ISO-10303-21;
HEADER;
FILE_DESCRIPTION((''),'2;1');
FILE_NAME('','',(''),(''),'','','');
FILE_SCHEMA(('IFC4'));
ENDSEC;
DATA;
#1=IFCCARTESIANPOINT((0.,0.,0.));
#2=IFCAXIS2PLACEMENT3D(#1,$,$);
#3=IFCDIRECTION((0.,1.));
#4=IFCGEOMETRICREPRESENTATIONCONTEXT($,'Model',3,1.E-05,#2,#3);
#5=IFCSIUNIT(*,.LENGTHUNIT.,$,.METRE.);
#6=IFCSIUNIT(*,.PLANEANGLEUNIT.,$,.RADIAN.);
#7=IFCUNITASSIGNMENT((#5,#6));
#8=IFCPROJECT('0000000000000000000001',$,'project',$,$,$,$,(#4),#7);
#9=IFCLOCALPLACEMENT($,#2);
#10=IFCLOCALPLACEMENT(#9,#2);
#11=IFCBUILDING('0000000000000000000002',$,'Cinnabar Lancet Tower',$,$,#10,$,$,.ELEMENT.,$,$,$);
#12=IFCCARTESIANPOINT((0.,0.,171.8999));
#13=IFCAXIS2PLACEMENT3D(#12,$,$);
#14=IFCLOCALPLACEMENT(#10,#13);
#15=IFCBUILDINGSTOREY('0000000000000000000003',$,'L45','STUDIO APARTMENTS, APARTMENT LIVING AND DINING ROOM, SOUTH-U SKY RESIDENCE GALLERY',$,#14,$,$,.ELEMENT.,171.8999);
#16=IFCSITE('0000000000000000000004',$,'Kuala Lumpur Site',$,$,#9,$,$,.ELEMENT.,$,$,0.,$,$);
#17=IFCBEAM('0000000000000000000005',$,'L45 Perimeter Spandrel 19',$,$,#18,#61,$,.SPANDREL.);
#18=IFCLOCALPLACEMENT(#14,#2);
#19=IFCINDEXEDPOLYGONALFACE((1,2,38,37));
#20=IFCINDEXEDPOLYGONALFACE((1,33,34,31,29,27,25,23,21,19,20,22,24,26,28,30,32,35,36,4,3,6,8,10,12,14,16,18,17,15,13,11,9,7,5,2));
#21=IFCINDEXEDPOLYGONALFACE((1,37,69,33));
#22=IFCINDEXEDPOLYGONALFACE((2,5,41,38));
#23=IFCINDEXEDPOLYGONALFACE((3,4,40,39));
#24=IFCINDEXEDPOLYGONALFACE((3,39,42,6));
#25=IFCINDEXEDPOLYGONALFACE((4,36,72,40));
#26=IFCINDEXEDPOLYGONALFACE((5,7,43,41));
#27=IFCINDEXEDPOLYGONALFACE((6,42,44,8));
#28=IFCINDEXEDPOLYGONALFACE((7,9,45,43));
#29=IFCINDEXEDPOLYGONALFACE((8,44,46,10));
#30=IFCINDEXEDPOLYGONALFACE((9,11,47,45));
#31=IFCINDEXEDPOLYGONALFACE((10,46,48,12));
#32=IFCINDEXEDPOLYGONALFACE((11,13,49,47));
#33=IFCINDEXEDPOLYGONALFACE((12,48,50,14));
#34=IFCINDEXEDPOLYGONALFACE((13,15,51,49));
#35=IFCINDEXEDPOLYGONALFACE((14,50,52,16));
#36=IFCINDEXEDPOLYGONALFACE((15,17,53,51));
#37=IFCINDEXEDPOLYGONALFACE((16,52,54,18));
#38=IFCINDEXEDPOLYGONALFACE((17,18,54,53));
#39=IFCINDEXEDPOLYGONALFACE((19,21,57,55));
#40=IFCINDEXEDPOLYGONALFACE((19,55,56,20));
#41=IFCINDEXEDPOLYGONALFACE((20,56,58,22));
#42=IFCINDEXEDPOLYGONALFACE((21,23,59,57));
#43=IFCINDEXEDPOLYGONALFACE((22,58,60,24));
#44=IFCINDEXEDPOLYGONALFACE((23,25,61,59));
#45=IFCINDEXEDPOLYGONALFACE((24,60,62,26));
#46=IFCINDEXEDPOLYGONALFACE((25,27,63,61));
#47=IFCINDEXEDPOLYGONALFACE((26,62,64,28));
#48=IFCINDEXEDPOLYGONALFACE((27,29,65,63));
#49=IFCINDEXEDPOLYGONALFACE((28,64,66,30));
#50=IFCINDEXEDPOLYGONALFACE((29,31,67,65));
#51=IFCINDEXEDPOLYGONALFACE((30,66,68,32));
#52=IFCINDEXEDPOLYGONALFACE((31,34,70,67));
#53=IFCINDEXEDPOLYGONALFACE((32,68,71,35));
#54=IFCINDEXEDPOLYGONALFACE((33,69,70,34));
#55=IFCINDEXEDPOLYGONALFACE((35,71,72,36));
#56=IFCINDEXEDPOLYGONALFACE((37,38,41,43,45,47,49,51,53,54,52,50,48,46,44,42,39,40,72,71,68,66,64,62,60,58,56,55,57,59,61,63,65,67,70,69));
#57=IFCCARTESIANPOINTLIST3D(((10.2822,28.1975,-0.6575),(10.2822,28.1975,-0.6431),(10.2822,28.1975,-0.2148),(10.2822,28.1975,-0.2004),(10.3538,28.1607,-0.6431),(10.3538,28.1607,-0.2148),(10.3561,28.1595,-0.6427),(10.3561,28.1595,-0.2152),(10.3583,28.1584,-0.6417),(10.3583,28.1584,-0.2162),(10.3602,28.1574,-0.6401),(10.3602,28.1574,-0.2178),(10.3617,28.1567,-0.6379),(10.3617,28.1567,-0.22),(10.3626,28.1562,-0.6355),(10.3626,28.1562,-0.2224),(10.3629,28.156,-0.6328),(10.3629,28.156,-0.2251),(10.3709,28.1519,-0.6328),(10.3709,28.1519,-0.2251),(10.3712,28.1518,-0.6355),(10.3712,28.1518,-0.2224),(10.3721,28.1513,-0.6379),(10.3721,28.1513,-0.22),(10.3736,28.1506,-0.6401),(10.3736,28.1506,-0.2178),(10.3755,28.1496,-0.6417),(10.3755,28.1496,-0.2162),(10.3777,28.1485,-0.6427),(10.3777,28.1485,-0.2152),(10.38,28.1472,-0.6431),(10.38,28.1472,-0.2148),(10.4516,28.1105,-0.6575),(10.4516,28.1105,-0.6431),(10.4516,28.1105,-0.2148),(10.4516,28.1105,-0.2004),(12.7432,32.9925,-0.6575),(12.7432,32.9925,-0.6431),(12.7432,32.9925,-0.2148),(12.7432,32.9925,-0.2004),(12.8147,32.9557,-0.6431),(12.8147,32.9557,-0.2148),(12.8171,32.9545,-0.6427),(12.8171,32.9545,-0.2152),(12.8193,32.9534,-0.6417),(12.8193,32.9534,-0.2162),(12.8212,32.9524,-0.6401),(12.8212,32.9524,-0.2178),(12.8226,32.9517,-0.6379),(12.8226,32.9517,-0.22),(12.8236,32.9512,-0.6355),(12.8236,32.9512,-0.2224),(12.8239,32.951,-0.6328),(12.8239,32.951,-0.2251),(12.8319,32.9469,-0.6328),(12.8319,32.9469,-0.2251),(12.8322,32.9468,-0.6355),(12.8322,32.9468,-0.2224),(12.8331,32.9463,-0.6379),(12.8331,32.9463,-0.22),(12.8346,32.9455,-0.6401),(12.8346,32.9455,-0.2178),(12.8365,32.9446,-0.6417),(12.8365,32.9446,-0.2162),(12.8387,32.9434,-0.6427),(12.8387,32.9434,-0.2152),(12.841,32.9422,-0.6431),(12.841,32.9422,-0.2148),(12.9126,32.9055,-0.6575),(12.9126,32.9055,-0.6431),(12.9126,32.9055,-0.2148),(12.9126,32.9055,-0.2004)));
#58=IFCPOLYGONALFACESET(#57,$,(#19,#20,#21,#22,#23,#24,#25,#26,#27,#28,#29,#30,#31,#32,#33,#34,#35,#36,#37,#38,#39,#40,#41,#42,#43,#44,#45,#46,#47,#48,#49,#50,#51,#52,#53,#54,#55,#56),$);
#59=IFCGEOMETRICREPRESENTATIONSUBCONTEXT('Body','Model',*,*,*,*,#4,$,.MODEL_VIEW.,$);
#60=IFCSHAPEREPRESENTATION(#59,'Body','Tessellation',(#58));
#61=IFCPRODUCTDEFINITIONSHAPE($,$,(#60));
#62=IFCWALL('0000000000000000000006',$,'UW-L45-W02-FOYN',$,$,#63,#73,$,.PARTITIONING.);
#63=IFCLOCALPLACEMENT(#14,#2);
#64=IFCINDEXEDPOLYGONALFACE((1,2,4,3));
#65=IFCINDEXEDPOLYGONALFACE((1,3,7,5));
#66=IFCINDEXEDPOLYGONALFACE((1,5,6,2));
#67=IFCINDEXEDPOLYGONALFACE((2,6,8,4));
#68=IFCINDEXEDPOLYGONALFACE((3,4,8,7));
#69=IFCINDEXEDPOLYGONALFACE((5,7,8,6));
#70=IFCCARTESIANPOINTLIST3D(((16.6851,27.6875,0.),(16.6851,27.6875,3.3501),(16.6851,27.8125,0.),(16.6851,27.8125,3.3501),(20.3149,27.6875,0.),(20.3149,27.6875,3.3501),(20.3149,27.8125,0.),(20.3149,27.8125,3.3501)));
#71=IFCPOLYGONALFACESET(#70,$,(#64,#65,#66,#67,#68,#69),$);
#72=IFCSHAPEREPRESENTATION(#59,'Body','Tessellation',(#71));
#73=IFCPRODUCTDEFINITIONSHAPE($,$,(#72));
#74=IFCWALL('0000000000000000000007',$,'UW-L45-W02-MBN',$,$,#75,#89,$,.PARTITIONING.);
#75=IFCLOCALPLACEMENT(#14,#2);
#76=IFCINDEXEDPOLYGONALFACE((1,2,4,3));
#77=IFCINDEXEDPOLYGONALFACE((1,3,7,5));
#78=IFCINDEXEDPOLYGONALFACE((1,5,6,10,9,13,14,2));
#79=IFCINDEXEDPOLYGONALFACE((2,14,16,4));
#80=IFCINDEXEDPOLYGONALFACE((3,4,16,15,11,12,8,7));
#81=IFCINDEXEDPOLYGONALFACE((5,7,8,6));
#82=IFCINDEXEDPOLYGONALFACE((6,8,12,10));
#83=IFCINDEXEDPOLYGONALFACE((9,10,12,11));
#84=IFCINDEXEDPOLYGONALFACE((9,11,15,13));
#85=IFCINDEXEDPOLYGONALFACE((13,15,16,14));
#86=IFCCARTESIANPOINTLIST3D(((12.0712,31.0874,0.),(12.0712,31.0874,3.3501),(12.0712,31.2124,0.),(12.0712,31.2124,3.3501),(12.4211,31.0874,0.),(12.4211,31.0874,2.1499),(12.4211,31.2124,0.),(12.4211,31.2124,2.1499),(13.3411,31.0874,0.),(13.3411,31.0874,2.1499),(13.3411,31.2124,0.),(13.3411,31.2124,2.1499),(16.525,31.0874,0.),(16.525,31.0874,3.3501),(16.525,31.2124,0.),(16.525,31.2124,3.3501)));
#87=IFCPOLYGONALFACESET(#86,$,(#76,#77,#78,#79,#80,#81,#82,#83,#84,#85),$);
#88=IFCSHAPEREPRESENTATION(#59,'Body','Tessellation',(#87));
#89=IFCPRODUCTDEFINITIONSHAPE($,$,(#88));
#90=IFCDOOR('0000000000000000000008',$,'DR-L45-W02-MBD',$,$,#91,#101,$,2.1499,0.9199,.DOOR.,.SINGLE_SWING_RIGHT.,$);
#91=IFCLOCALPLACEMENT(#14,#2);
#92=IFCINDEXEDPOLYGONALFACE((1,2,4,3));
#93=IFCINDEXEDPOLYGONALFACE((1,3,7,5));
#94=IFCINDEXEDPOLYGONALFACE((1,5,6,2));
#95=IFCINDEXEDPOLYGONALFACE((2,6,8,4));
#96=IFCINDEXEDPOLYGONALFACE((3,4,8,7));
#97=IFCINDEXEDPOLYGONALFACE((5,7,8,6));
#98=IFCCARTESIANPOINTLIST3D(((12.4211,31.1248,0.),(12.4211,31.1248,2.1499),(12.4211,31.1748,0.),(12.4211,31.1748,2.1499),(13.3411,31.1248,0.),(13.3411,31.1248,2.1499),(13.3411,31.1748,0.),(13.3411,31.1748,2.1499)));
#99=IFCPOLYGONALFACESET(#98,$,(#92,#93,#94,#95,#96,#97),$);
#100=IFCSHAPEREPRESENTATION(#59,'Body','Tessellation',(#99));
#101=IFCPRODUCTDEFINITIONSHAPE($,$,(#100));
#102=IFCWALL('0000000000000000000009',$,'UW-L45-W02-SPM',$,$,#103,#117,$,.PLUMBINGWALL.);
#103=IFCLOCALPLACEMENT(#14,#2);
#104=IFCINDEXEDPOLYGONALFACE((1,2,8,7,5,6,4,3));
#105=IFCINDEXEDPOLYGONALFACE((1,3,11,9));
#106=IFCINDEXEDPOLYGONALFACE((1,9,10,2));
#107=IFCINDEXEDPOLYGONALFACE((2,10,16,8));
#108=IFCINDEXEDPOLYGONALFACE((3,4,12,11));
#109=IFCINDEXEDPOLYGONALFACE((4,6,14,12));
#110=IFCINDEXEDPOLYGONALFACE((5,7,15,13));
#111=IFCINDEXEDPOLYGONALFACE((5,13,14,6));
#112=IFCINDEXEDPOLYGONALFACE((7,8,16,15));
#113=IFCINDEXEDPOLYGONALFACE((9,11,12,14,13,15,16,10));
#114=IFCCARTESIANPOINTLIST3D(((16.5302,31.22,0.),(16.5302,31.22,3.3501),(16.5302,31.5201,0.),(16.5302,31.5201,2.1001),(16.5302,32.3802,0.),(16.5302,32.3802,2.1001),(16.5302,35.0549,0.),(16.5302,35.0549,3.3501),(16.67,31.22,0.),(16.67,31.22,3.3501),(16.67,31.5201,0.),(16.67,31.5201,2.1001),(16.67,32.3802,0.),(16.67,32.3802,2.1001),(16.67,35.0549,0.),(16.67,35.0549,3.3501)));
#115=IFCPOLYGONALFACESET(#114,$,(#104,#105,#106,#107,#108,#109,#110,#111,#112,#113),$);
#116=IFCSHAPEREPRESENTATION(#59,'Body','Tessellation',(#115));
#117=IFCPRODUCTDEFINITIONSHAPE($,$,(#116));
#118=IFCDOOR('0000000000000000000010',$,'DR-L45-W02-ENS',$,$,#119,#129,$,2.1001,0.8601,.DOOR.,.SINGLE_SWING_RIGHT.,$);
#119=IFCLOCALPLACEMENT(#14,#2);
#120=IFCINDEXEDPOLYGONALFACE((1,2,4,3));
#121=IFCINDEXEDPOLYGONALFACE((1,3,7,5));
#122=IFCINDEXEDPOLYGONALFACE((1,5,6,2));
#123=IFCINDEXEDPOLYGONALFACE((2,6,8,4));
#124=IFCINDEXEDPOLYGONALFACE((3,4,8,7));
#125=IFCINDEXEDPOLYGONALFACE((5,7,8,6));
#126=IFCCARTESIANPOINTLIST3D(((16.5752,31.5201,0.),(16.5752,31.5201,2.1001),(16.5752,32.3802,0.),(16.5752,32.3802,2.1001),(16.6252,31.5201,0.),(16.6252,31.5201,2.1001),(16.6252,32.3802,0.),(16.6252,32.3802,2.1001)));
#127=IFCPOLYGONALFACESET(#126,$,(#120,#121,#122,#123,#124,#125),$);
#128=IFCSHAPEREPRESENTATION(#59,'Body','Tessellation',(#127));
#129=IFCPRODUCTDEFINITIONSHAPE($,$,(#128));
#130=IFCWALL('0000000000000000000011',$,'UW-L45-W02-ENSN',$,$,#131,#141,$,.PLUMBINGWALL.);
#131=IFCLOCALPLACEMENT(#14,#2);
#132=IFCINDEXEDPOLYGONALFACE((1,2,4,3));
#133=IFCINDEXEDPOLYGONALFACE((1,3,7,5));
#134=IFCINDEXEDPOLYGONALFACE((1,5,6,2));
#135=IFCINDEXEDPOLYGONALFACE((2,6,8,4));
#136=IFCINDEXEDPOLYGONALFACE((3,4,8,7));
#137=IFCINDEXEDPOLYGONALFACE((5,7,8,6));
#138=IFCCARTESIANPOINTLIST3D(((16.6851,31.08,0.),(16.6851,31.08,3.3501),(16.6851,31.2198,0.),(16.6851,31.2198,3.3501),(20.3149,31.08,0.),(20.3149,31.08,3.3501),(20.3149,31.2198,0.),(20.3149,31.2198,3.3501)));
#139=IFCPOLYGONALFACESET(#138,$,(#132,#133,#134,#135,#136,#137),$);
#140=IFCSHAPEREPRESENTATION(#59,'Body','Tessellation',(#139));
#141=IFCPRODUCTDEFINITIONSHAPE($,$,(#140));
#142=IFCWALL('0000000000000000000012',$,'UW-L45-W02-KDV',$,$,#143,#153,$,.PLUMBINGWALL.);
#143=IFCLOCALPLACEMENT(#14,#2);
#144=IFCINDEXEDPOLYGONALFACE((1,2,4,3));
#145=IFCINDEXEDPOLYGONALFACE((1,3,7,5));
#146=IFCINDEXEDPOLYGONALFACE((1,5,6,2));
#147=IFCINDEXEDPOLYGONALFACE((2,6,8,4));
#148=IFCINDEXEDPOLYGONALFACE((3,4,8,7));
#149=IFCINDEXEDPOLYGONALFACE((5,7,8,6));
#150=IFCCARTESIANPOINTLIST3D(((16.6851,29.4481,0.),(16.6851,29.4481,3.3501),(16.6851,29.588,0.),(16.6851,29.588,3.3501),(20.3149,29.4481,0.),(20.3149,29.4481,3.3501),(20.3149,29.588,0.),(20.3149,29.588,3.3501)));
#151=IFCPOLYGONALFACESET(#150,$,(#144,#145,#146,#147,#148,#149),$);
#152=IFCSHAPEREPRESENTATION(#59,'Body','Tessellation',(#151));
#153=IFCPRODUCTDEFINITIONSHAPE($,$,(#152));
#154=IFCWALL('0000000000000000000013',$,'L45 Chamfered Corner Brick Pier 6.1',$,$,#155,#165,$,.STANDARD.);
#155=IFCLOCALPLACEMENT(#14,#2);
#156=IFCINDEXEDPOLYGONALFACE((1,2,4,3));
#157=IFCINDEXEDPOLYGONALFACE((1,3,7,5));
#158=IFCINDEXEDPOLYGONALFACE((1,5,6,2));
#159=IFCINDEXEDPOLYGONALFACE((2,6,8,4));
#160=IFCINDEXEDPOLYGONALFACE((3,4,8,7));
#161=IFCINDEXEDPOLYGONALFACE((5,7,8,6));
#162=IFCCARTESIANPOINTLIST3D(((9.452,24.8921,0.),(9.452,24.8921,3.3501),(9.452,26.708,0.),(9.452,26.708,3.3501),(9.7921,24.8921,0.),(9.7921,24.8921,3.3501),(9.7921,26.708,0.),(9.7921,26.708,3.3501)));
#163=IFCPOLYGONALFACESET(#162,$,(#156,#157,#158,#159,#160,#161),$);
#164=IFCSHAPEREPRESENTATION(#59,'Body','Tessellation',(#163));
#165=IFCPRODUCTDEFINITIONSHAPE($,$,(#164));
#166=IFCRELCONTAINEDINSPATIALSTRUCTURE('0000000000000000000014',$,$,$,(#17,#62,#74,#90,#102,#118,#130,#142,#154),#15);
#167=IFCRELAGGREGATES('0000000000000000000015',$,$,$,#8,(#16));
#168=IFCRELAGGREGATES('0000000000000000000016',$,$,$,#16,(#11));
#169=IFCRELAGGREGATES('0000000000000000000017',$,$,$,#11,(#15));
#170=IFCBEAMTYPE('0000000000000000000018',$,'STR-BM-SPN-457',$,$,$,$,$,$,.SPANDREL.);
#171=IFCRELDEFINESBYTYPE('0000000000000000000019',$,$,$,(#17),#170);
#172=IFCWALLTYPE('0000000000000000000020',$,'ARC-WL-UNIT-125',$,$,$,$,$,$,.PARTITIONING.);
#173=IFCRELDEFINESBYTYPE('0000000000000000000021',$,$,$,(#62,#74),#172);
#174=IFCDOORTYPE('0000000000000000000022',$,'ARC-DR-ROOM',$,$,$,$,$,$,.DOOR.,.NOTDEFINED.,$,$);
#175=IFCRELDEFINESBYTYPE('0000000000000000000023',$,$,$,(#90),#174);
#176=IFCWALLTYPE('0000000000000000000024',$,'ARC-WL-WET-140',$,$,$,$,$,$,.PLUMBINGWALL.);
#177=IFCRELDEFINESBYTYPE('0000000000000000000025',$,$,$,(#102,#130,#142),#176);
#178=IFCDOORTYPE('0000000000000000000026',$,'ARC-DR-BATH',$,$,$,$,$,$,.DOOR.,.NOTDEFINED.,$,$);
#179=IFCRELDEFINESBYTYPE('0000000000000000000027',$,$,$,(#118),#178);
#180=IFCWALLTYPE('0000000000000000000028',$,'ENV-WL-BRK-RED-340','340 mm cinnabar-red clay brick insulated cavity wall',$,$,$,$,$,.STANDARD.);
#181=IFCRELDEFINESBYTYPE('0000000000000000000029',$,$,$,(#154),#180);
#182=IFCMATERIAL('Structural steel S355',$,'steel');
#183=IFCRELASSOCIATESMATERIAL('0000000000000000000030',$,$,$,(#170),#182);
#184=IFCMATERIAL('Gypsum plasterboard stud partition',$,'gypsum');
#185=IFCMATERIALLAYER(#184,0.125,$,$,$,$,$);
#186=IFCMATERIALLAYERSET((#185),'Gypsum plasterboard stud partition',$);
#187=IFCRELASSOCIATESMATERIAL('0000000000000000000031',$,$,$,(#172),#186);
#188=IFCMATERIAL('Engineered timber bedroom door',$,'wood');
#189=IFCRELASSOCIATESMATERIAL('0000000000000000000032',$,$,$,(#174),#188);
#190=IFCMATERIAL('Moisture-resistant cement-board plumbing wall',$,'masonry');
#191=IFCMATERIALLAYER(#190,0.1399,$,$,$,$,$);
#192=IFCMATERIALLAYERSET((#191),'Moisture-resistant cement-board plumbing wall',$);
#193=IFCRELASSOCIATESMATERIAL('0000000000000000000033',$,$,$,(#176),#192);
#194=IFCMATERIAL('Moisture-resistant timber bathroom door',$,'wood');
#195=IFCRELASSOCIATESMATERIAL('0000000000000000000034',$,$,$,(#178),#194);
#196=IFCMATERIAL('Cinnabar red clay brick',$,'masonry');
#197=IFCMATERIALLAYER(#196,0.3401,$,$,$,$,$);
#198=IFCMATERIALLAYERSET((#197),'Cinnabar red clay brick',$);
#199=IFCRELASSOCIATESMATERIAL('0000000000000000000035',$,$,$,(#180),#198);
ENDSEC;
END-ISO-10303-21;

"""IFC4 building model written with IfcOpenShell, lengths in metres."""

from ifc_helpers import new_model, si_unit, direction, frame, frame_2d, origin, origin_2d, place, context, subcontext, project, spatial, rectangle, i_section, extrude, material, layer, layer_set, material_profile, profile_set, type_object, element, fill, save


model = new_model("IFC4")

# Units and contexts
model_context = context("Model", 3, precision=1e-05, world=origin(), true_north=direction((0.0, 1.0)))
body_context = subcontext(model_context, "Body", "Model", "MODEL_VIEW")
ifc_project = project(units=[si_unit("LENGTHUNIT", "METRE"), si_unit("PLANEANGLEUNIT", "RADIAN")], contexts=[model_context])

# Site, building, storey
site_placement = place(None, origin())
site = spatial("IfcSite", under=ifc_project, at=site_placement, Name="Kuala Lumpur Site", CompositionType="ELEMENT", RefElevation=0.0)
building_placement = place(site_placement, origin())
building = spatial("IfcBuilding", under=site, at=building_placement, Name="Cinnabar Lancet Tower", CompositionType="ELEMENT")
storey_placement = place(building_placement, frame((0.0, 0.0, 171.8999)))
storey = spatial("IfcBuildingStorey", under=building, at=storey_placement, Name="L45", Description="STUDIO APARTMENTS, APARTMENT LIVING AND DINING ROOM, SOUTH-U SKY RESIDENCE GALLERY", CompositionType="ELEMENT", Elevation=171.8999)

# Beam
ifc_material_1 = material(Name="Structural steel S355", Category="steel")
ifc_material_profile_1 = material_profile(ifc_material_1, i_section(OverallWidth=0.1904, OverallDepth=0.457, WebThickness=0.009, FlangeThickness=0.0144, FilletRadius=0.0103, at=origin_2d()), Name="UKB 457x191x74")
ifc_profile_set_1 = profile_set([ifc_material_profile_1], Name="Structural steel S355")
beam_type_1 = type_object("IfcBeamType", Name="STR-BM-SPN-457", PredefinedType="SPANDREL", material=ifc_profile_set_1)
beam_1_placement = place(storey_placement, frame((12.8279, 32.949, -0.429), z_axis=(-0.456611, -0.889666, 0.0), x_axis=(0.889666, -0.456611, 0.0)))
element("IfcBeam", 1, at=beam_1_placement, inside=storey, type_object=beam_type_1, Name="L45 Perimeter Spandrel 19", PredefinedType="SPANDREL", context=body_context, shape_type="SweptSolid", body=[
    extrude(i_section(OverallWidth=0.1904, OverallDepth=0.457, WebThickness=0.009, FlangeThickness=0.0144, FilletRadius=0.0103, at=origin_2d()), origin(), (0.0, 0.0, 1.0), 5.3896),
])

# Wall
ifc_material_2 = material(Name="Gypsum plasterboard stud partition", Category="gypsum")
ifc_layer_1 = layer(ifc_material_2, 0.125)
ifc_layer_set_1 = layer_set([ifc_layer_1], Name="Gypsum plasterboard stud partition")
wall_type_1 = type_object("IfcWallType", Name="ARC-WL-UNIT-125", PredefinedType="PARTITIONING", material=ifc_layer_set_1)
wall_1_placement = place(storey_placement, frame((16.6851, 27.75, 0.0), z_axis=(0.0, 0.0, 1.0), x_axis=(1.0, 0.0, 0.0)))
element("IfcWall", 2, at=wall_1_placement, inside=storey, type_object=wall_type_1, Name="UW-L45-W02-FOYN", PredefinedType="PARTITIONING", context=body_context, shape_type="SweptSolid", body=[
    extrude(rectangle(XDim=3.6299, YDim=0.125, at=frame_2d((1.8149, 0.0))), origin(), (0.0, 0.0, 1.0), 3.3501),
])

# Wall, opening, door
wall_2_placement = place(storey_placement, frame((12.071, 31.1499, 0.0), z_axis=(0.0, 0.0, 1.0), x_axis=(1.0, 0.0, 0.0)))
wall_2 = element("IfcWall", 3, at=wall_2_placement, inside=storey, type_object=wall_type_1, Name="UW-L45-W02-MBN", PredefinedType="PARTITIONING", context=body_context, shape_type="SweptSolid", body=[
    extrude(rectangle(XDim=4.4539, YDim=0.125, at=frame_2d((2.2271, 0.0))), origin(), (0.0, 0.0, 1.0), 3.3501),
])
opening_1_placement = place(wall_2_placement, frame((0.3501, 0.0, 0.0)))
opening_1 = element("IfcOpeningElement", 4, at=opening_1_placement, cuts=wall_2, PredefinedType="OPENING", context=body_context, shape_type="SweptSolid", body=[
    extrude(rectangle(XDim=0.9199, YDim=2.1499, at=frame_2d((0.46, 1.075))), frame((0.0, 0.0725, 0.0), z_axis=(0.0, -1.0, 0.0), x_axis=(1.0, 0.0, 0.0)), (0.0, 0.0, 1.0), 0.145),
])
ifc_material_3 = material(Name="Engineered timber bedroom door", Category="wood")
door_type_1 = type_object("IfcDoorType", Name="ARC-DR-ROOM", OperationType="NOTDEFINED", PredefinedType="DOOR", material=ifc_material_3)
door_1_placement = place(opening_1_placement, origin())
door_1 = element("IfcDoor", 5, at=door_1_placement, inside=storey, type_object=door_type_1, Name="DR-L45-W02-MBD", OperationType="SINGLE_SWING_RIGHT", OverallHeight=2.1499, OverallWidth=0.9199, PredefinedType="DOOR", context=body_context, shape_type="SweptSolid", body=[
    extrude(rectangle(XDim=0.9199, YDim=2.1499, at=frame_2d((0.46, 1.075))), frame((0.0, 0.0249, 0.0), z_axis=(0.0, -1.0, 0.0), x_axis=(1.0, 0.0, 0.0)), (0.0, 0.0, 1.0), 0.05),
])
fill(opening_1, door_1)

# Shared definitions
ifc_material_4 = material(Name="Moisture-resistant cement-board plumbing wall", Category="masonry")
ifc_layer_2 = layer(ifc_material_4, 0.1399)
ifc_layer_set_2 = layer_set([ifc_layer_2], Name="Moisture-resistant cement-board plumbing wall")
wall_type_2 = type_object("IfcWallType", Name="ARC-WL-WET-140", PredefinedType="PLUMBINGWALL", material=ifc_layer_set_2)
ifc_material_5 = material(Name="Moisture-resistant timber bathroom door", Category="wood")
door_type_2 = type_object("IfcDoorType", Name="ARC-DR-BATH", OperationType="NOTDEFINED", PredefinedType="DOOR", material=ifc_material_5)

# Wall, opening, door
wall_3_placement = place(storey_placement, frame((16.6001, 31.22, 0.0), z_axis=(0.0, 0.0, 1.0), x_axis=(0.0, 1.0, 0.0)))
wall_3 = element("IfcWall", 6, at=wall_3_placement, inside=storey, type_object=wall_type_2, Name="UW-L45-W02-SPM", PredefinedType="PLUMBINGWALL", context=body_context, shape_type="SweptSolid", body=[
    extrude(rectangle(XDim=3.835, YDim=0.1399, at=frame_2d((1.9175, 0.0))), origin(), (0.0, 0.0, 1.0), 3.3501),
])
opening_2_placement = place(wall_3_placement, frame((0.3, 0.0, 0.0)))
opening_2 = element("IfcOpeningElement", 7, at=opening_2_placement, cuts=wall_3, PredefinedType="OPENING", context=body_context, shape_type="SweptSolid", body=[
    extrude(rectangle(XDim=0.8601, YDim=2.1001, at=frame_2d((0.4302, 1.05))), frame((0.0, 0.0798, 0.0), z_axis=(0.0, -1.0, 0.0), x_axis=(1.0, 0.0, 0.0)), (0.0, 0.0, 1.0), 0.1599),
])
door_2_placement = place(opening_2_placement, origin())
door_2 = element("IfcDoor", 8, at=door_2_placement, inside=storey, type_object=door_type_2, Name="DR-L45-W02-ENS", OperationType="SINGLE_SWING_RIGHT", OverallHeight=2.1001, OverallWidth=0.8601, PredefinedType="DOOR", context=body_context, shape_type="SweptSolid", body=[
    extrude(rectangle(XDim=0.8601, YDim=2.1001, at=frame_2d((0.4302, 1.05))), frame((0.0, 0.0249, 0.0), z_axis=(0.0, -1.0, 0.0), x_axis=(1.0, 0.0, 0.0)), (0.0, 0.0, 1.0), 0.05),
])
fill(opening_2, door_2)

# Walls
for number, where, z_axis, x_axis, name in (
    (9, (16.6851, 31.1499, 0.0), (0.0, 0.0, 1.0), (1.0, 0.0, 0.0), "UW-L45-W02-ENSN"),
    (10, (16.6851, 29.5181, 0.0), (0.0, 0.0, 1.0), (1.0, 0.0, 0.0), "UW-L45-W02-KDV"),
):
    element("IfcWall", number, at=place(storey_placement, frame(where, z_axis=z_axis, x_axis=x_axis)), inside=storey, type_object=wall_type_2, Name=name, PredefinedType="PLUMBINGWALL", context=body_context, shape_type="SweptSolid", body=[
        extrude(rectangle(XDim=3.6299, YDim=0.1399, at=frame_2d((1.8149, 0.0))), origin(), (0.0, 0.0, 1.0), 3.3501),
    ])
ifc_material_6 = material(Name="Cinnabar red clay brick", Category="masonry")
ifc_layer_3 = layer(ifc_material_6, 0.3401)
ifc_layer_set_3 = layer_set([ifc_layer_3], Name="Cinnabar red clay brick")
wall_type_3 = type_object("IfcWallType", Name="ENV-WL-BRK-RED-340", Description="340 mm cinnabar-red clay brick insulated cavity wall", PredefinedType="STANDARD", material=ifc_layer_set_3)
wall_4_placement = place(storey_placement, frame((9.6221, 26.708, 0.0), z_axis=(0.0, 0.0, 1.0), x_axis=(0.0, -1.0, 0.0)))
element("IfcWall", 11, at=wall_4_placement, inside=storey, type_object=wall_type_3, Name="L45 Chamfered Corner Brick Pier 6.1", PredefinedType="STANDARD", context=body_context, shape_type="SweptSolid", body=[
    extrude(rectangle(XDim=1.8159, YDim=0.3401, at=frame_2d((0.908, 0.0))), origin(), (0.0, 0.0, 1.0), 3.3501),
])

save(model, "model.ifc")
